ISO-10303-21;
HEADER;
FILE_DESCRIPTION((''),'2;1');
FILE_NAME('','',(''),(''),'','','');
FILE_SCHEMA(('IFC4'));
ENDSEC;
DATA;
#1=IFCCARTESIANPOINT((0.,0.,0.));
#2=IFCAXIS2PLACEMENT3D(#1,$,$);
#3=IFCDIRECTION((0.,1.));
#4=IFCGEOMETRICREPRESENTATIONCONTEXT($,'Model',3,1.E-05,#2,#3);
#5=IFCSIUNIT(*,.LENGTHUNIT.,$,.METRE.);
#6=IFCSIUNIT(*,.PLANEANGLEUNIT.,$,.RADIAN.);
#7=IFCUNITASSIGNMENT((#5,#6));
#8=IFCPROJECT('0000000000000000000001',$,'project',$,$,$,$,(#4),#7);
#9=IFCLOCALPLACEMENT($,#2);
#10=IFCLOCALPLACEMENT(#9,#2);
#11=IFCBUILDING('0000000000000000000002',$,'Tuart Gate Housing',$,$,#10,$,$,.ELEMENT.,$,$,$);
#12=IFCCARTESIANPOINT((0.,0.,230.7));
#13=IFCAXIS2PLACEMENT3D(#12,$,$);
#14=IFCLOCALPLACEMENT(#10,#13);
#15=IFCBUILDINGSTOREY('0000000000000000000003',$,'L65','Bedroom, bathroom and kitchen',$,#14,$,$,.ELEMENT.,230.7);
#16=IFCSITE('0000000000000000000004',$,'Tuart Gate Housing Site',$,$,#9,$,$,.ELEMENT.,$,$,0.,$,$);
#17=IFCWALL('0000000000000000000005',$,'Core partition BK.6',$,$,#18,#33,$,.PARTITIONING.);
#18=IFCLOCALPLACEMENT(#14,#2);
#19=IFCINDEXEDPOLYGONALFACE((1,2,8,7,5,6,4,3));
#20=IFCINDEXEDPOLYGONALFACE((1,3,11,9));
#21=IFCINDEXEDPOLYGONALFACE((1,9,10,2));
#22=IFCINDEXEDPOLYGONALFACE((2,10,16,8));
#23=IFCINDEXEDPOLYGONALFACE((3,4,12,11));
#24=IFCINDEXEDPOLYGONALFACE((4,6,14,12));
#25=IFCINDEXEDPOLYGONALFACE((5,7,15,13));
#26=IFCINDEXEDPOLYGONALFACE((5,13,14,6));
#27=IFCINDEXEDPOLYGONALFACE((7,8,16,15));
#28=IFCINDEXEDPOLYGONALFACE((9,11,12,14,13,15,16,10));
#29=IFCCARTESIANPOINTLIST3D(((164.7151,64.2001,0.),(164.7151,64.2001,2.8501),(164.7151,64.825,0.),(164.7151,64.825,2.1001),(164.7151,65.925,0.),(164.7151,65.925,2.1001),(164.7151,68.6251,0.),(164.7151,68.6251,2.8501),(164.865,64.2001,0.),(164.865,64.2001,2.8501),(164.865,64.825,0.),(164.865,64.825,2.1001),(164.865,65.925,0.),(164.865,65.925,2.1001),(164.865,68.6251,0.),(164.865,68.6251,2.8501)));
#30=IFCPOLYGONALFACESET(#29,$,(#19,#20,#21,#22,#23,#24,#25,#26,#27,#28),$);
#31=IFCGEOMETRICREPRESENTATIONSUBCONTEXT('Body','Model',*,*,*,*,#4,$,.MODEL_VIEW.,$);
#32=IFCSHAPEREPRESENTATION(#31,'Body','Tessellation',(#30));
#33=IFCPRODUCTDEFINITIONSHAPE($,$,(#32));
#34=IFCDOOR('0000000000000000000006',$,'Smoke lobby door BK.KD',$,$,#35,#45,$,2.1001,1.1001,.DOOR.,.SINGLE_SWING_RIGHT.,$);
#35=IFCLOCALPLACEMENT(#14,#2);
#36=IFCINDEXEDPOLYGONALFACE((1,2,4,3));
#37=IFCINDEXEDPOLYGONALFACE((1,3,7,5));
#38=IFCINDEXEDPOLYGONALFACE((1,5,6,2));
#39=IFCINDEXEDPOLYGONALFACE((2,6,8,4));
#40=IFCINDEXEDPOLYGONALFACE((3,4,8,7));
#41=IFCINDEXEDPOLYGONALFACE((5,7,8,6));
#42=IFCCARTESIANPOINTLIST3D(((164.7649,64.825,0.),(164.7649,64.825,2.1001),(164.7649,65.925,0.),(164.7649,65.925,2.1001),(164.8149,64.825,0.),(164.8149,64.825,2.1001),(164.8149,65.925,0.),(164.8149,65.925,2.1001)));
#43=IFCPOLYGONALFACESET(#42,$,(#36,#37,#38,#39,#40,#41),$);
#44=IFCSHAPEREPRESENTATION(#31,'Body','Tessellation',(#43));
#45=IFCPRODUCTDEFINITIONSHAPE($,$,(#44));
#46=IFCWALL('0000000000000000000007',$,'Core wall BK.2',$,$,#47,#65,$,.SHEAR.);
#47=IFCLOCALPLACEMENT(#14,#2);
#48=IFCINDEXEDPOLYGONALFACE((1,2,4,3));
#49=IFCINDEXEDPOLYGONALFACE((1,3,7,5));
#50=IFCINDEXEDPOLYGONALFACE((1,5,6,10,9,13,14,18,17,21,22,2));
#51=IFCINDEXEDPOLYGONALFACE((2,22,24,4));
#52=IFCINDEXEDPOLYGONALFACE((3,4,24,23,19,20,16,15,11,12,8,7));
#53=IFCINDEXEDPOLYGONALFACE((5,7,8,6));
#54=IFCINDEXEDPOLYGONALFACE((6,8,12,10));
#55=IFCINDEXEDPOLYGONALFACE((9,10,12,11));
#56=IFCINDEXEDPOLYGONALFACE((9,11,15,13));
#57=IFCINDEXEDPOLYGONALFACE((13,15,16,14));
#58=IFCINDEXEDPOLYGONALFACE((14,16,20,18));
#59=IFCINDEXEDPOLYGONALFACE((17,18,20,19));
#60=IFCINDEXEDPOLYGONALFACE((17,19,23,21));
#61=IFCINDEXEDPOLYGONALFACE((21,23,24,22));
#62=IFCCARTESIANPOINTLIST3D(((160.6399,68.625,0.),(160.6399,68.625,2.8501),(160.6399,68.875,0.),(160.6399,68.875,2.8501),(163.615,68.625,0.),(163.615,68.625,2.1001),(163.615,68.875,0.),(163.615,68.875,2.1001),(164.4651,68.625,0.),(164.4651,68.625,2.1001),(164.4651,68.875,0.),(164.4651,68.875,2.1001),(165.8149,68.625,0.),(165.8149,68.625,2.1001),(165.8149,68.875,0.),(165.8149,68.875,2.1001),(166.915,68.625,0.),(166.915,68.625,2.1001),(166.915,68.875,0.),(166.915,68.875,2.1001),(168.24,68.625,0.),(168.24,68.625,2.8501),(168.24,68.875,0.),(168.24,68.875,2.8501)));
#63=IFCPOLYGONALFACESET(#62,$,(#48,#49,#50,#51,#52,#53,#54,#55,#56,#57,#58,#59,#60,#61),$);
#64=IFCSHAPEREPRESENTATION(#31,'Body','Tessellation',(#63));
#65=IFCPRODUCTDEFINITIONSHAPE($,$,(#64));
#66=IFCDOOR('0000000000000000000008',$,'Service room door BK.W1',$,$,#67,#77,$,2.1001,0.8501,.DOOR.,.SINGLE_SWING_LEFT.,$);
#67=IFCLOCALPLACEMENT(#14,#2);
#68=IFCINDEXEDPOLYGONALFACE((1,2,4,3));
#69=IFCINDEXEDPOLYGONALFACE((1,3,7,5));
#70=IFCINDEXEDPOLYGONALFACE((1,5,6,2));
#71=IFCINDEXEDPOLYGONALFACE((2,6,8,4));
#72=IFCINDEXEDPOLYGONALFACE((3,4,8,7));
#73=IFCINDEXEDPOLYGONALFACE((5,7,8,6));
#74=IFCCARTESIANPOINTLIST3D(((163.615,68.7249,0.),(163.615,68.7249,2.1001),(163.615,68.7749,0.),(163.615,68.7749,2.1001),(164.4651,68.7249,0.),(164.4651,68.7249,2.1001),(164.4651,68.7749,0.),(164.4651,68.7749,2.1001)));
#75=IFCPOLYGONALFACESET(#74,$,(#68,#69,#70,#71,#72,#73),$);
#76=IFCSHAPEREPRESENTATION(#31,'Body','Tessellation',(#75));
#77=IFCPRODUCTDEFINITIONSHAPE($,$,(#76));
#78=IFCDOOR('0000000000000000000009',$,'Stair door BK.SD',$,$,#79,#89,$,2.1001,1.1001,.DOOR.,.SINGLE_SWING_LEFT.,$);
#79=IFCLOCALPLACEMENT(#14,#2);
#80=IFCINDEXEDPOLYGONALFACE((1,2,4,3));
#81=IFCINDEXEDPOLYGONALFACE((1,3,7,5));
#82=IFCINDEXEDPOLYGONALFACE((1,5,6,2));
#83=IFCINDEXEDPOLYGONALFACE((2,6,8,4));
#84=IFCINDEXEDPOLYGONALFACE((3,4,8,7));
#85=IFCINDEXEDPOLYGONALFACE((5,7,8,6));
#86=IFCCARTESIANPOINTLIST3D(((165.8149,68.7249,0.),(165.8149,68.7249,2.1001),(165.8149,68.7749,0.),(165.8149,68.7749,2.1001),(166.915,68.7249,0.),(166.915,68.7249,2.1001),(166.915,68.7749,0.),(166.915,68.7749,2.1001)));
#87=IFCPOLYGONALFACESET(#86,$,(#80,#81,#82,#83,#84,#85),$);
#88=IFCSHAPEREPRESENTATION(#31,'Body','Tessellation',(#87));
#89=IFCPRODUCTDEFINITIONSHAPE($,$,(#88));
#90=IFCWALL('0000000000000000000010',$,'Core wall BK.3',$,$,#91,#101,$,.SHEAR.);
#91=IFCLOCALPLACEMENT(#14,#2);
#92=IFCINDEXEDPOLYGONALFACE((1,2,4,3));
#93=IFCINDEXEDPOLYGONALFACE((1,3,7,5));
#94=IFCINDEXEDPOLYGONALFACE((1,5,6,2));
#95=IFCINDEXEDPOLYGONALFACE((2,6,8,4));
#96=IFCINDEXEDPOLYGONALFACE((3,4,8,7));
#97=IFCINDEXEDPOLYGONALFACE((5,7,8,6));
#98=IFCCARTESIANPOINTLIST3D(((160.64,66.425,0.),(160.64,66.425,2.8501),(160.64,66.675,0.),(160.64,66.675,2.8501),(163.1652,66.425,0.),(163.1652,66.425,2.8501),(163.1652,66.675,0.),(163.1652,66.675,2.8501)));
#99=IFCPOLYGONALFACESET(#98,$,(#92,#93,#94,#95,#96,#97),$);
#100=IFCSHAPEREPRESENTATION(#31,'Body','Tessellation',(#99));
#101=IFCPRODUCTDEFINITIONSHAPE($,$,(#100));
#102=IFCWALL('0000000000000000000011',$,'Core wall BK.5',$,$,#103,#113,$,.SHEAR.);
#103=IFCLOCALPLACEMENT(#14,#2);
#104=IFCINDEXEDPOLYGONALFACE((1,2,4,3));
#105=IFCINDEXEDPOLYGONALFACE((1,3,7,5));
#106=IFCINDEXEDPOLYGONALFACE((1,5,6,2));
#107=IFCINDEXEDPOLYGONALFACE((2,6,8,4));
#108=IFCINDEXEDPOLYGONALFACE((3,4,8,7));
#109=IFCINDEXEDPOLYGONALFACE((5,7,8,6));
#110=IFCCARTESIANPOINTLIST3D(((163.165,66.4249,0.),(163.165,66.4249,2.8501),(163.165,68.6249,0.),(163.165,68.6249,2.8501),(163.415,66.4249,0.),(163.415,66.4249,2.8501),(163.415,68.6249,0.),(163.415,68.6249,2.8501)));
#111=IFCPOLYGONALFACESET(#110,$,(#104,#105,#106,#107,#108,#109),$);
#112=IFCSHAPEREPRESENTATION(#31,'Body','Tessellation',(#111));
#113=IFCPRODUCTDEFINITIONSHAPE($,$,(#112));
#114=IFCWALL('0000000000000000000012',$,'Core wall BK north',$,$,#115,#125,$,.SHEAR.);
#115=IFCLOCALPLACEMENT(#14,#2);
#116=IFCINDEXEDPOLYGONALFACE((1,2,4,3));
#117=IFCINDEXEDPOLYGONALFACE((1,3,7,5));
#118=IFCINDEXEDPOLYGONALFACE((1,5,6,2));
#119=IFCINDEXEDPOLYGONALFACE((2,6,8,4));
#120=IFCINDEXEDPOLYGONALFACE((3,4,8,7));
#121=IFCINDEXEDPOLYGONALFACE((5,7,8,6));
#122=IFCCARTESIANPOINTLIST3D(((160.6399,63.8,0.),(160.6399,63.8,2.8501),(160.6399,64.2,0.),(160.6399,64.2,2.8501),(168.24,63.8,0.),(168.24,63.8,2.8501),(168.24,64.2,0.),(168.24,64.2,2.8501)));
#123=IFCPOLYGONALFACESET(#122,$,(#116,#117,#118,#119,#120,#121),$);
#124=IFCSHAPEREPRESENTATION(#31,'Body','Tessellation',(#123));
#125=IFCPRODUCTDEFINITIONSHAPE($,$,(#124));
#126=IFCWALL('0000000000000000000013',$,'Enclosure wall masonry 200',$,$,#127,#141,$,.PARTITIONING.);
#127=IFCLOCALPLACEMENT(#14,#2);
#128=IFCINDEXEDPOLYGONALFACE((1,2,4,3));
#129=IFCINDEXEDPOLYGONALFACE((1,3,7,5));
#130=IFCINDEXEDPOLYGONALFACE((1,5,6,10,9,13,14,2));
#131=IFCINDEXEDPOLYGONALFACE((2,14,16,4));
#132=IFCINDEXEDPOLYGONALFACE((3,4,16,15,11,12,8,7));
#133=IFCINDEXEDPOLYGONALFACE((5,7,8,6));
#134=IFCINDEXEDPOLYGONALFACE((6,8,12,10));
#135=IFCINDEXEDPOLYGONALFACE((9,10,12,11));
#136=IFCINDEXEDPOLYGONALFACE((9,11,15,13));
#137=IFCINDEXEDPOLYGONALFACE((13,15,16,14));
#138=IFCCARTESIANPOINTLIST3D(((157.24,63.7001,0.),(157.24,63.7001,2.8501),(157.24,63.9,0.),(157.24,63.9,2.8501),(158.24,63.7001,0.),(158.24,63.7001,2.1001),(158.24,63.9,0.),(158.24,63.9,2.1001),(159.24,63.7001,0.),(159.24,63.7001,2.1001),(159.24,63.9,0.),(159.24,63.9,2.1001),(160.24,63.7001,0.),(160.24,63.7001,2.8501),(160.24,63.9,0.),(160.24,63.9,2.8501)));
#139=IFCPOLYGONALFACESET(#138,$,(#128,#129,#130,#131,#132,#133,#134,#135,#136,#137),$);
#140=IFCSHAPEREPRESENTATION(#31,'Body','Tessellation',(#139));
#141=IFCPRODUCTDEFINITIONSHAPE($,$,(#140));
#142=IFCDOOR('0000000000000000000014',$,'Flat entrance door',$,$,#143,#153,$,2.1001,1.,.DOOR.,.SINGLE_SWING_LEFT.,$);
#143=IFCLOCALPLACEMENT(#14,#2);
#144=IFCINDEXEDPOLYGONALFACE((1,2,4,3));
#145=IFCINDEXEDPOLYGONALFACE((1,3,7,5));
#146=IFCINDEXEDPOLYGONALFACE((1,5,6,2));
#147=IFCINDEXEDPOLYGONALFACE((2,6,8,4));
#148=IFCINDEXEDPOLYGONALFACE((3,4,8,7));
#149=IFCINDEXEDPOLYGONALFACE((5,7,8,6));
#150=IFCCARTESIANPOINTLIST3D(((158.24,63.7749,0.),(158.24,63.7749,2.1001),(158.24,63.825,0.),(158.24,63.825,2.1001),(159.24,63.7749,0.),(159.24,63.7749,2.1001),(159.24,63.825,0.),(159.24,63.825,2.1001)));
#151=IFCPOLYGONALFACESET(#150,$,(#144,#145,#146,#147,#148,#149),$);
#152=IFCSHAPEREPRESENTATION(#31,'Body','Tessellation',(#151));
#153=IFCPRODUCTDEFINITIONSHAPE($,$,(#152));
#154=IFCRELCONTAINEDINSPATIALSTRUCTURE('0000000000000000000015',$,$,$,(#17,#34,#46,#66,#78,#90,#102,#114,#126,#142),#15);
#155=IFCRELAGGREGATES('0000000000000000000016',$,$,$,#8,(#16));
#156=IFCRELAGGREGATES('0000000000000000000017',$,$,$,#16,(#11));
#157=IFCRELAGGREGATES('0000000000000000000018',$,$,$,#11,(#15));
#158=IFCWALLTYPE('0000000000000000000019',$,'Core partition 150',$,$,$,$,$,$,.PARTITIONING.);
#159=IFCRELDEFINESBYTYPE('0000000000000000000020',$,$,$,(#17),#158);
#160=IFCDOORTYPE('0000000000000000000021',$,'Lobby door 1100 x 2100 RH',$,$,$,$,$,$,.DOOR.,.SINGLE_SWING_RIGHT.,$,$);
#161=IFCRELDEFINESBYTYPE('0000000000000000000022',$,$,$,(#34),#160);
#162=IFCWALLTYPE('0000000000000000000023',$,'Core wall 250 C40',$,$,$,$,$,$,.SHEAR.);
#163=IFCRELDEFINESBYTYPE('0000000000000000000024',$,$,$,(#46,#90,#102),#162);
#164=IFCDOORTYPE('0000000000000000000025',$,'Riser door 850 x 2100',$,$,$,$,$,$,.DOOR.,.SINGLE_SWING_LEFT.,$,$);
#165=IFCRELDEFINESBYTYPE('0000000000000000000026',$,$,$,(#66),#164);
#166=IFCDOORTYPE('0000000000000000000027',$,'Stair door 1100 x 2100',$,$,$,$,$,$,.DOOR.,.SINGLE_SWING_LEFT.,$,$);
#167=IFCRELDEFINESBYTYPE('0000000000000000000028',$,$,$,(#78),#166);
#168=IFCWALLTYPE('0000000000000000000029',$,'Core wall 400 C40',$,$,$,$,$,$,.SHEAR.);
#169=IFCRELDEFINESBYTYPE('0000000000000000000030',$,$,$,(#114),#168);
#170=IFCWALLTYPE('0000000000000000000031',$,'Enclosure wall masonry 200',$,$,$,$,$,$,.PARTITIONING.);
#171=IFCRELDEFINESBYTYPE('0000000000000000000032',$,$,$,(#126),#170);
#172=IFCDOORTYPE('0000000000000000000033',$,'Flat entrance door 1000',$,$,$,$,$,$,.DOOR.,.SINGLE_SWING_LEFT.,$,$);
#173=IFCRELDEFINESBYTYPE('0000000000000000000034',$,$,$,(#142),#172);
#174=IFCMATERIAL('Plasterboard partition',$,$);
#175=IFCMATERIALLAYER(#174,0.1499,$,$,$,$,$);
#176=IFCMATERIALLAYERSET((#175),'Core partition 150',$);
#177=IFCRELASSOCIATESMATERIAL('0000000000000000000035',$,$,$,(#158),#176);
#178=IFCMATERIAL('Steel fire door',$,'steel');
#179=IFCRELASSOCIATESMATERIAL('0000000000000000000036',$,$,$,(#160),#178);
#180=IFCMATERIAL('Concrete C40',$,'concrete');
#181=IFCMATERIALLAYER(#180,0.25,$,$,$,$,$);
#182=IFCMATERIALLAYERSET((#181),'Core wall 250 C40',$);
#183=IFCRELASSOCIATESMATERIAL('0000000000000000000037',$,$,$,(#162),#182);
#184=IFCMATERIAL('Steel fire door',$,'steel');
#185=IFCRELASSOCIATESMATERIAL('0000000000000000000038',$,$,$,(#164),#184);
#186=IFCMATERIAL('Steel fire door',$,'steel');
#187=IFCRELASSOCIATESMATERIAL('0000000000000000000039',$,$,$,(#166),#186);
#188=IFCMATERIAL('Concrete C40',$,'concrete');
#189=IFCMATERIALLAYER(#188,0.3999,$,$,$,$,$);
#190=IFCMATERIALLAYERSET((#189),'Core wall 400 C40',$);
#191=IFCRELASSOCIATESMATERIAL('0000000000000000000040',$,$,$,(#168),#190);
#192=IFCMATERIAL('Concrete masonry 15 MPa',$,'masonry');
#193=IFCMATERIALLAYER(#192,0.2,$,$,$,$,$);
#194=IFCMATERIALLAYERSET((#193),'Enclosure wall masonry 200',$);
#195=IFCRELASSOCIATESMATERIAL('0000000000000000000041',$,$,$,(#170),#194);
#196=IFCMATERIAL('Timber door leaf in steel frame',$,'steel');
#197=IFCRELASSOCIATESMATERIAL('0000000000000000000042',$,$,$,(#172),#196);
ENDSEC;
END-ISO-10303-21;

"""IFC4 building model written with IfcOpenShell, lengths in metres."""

from ifc_helpers import new_model, si_unit, direction, frame, frame_2d, origin, place, context, subcontext, project, spatial, rectangle, extrude, material, layer, layer_set, type_object, element, fill, save


model = new_model("IFC4")

# Units and contexts
model_context = context("Model", 3, precision=1e-05, world=origin(), true_north=direction((0.0, 1.0)))
body_context = subcontext(model_context, "Body", "Model", "MODEL_VIEW")
ifc_project = project(units=[si_unit("LENGTHUNIT", "METRE"), si_unit("PLANEANGLEUNIT", "RADIAN")], contexts=[model_context])

# Site, building, storey
site_placement = place(None, origin())
site = spatial("IfcSite", under=ifc_project, at=site_placement, Name="Tuart Gate Housing Site", CompositionType="ELEMENT", RefElevation=0.0)
building_placement = place(site_placement, origin())
building = spatial("IfcBuilding", under=site, at=building_placement, Name="Tuart Gate Housing", CompositionType="ELEMENT")
storey_placement = place(building_placement, frame((0.0, 0.0, 230.7)))
storey = spatial("IfcBuildingStorey", under=building, at=storey_placement, Name="L65", Description="Bedroom, bathroom and kitchen", CompositionType="ELEMENT", Elevation=230.7)

# Wall, opening, door
ifc_material_1 = material(Name="Plasterboard partition")
ifc_layer_1 = layer(ifc_material_1, 0.1499)
ifc_layer_set_1 = layer_set([ifc_layer_1], Name="Core partition 150")
wall_type_1 = type_object("IfcWallType", Name="Core partition 150", PredefinedType="PARTITIONING", material=ifc_layer_set_1)
wall_1_placement = place(storey_placement, frame((164.79, 68.625, 0.0), z_axis=(0.0, 0.0, 1.0), x_axis=(0.0, -1.0, 0.0)))
wall_1 = element("IfcWall", 1, at=wall_1_placement, inside=storey, type_object=wall_type_1, Name="Core partition BK.6", PredefinedType="PARTITIONING", context=body_context, shape_type="SweptSolid", body=[
    extrude(rectangle(XDim=4.425, YDim=0.1499, at=frame_2d((2.2124, 0.0))), origin(), (0.0, 0.0, 1.0), 2.8501),
])
opening_1_placement = place(wall_1_placement, frame((2.7, 0.0, 0.0)))
opening_1 = element("IfcOpeningElement", 2, at=opening_1_placement, cuts=wall_1, PredefinedType="OPENING", context=body_context, shape_type="SweptSolid", body=[
    extrude(rectangle(XDim=1.1001, YDim=2.1001, at=frame_2d((0.55, 1.05))), frame((0.0, 0.085, 0.0), z_axis=(0.0, -1.0, 0.0), x_axis=(1.0, 0.0, 0.0)), (0.0, 0.0, 1.0), 0.1699),
])
ifc_material_2 = material(Name="Steel fire door", Category="steel")
door_type_1 = type_object("IfcDoorType", Name="Lobby door 1100 x 2100 RH", OperationType="SINGLE_SWING_RIGHT", PredefinedType="DOOR", material=ifc_material_2)
door_1_placement = place(opening_1_placement, origin())
door_1 = element("IfcDoor", 3, at=door_1_placement, inside=storey, type_object=door_type_1, Name="Smoke lobby door BK.KD", OperationType="SINGLE_SWING_RIGHT", OverallHeight=2.1001, OverallWidth=1.1001, PredefinedType="DOOR", context=body_context, shape_type="SweptSolid", body=[
    extrude(rectangle(XDim=1.1001, YDim=2.1001, at=frame_2d((0.55, 1.05))), frame((0.0, 0.0249, 0.0), z_axis=(0.0, -1.0, 0.0), x_axis=(1.0, 0.0, 0.0)), (0.0, 0.0, 1.0), 0.05),
])
fill(opening_1, door_1)

# Wall, openings, doors
ifc_material_3 = material(Name="Concrete C40", Category="concrete")
ifc_layer_2 = layer(ifc_material_3, 0.25)
ifc_layer_set_2 = layer_set([ifc_layer_2], Name="Core wall 250 C40")
wall_type_2 = type_object("IfcWallType", Name="Core wall 250 C40", PredefinedType="SHEAR", material=ifc_layer_set_2)
wall_2_placement = place(storey_placement, frame((160.6399, 68.75, 0.0), z_axis=(0.0, 0.0, 1.0), x_axis=(1.0, 0.0, 0.0)))
wall_2 = element("IfcWall", 4, at=wall_2_placement, inside=storey, type_object=wall_type_2, Name="Core wall BK.2", PredefinedType="SHEAR", context=body_context, shape_type="SweptSolid", body=[
    extrude(rectangle(XDim=7.6001, YDim=0.25, at=frame_2d((3.8, 0.0))), origin(), (0.0, 0.0, 1.0), 2.8501),
])
opening_2_placement = place(wall_2_placement, frame((5.175, 0.0, 0.0)))
opening_2 = element("IfcOpeningElement", 5, at=opening_2_placement, cuts=wall_2, PredefinedType="OPENING", context=body_context, shape_type="SweptSolid", body=[
    extrude(rectangle(XDim=1.1001, YDim=2.1001, at=frame_2d((0.55, 1.05))), frame((0.0, 0.135, 0.0), z_axis=(0.0, -1.0, 0.0), x_axis=(1.0, 0.0, 0.0)), (0.0, 0.0, 1.0), 0.27),
])
opening_3_placement = place(wall_2_placement, frame((2.9751, 0.0, 0.0)))
opening_3 = element("IfcOpeningElement", 6, at=opening_3_placement, cuts=wall_2, PredefinedType="OPENING", context=body_context, shape_type="SweptSolid", body=[
    extrude(rectangle(XDim=0.8501, YDim=2.1001, at=frame_2d((0.425, 1.05))), frame((0.0, 0.135, 0.0), z_axis=(0.0, -1.0, 0.0), x_axis=(1.0, 0.0, 0.0)), (0.0, 0.0, 1.0), 0.27),
])
ifc_material_4 = material(Name="Steel fire door", Category="steel")
door_type_2 = type_object("IfcDoorType", Name="Riser door 850 x 2100", OperationType="SINGLE_SWING_LEFT", PredefinedType="DOOR", material=ifc_material_4)
door_2_placement = place(opening_3_placement, origin())
door_2 = element("IfcDoor", 7, at=door_2_placement, inside=storey, type_object=door_type_2, Name="Service room door BK.W1", OperationType="SINGLE_SWING_LEFT", OverallHeight=2.1001, OverallWidth=0.8501, PredefinedType="DOOR", context=body_context, shape_type="SweptSolid", body=[
    extrude(rectangle(XDim=0.8501, YDim=2.1001, at=frame_2d((0.425, 1.05))), frame((0.0, 0.0249, 0.0), z_axis=(0.0, -1.0, 0.0), x_axis=(1.0, 0.0, 0.0)), (0.0, 0.0, 1.0), 0.05),
])
fill(opening_3, door_2)
ifc_material_5 = material(Name="Steel fire door", Category="steel")
door_type_3 = type_object("IfcDoorType", Name="Stair door 1100 x 2100", OperationType="SINGLE_SWING_LEFT", PredefinedType="DOOR", material=ifc_material_5)
door_3_placement = place(opening_2_placement, origin())
door_3 = element("IfcDoor", 8, at=door_3_placement, inside=storey, type_object=door_type_3, Name="Stair door BK.SD", OperationType="SINGLE_SWING_LEFT", OverallHeight=2.1001, OverallWidth=1.1001, PredefinedType="DOOR", context=body_context, shape_type="SweptSolid", body=[
    extrude(rectangle(XDim=1.1001, YDim=2.1001, at=frame_2d((0.55, 1.05))), frame((0.0, 0.0249, 0.0), z_axis=(0.0, -1.0, 0.0), x_axis=(1.0, 0.0, 0.0)), (0.0, 0.0, 1.0), 0.05),
])
fill(opening_2, door_3)

# Walls
wall_3_placement = place(storey_placement, frame((160.6399, 66.55, 0.0), z_axis=(0.0, 0.0, 1.0), x_axis=(1.0, 0.0, 0.0)))
element("IfcWall", 9, at=wall_3_placement, inside=storey, type_object=wall_type_2, Name="Core wall BK.3", PredefinedType="SHEAR", context=body_context, shape_type="SweptSolid", body=[
    extrude(rectangle(XDim=2.5251, YDim=0.25, at=frame_2d((1.2627, 0.0))), origin(), (0.0, 0.0, 1.0), 2.8501),
])
wall_4_placement = place(storey_placement, frame((163.29, 68.625, 0.0), z_axis=(0.0, 0.0, 1.0), x_axis=(0.0, -1.0, 0.0)))
element("IfcWall", 10, at=wall_4_placement, inside=storey, type_object=wall_type_2, Name="Core wall BK.5", PredefinedType="SHEAR", context=body_context, shape_type="SweptSolid", body=[
    extrude(rectangle(XDim=2.2, YDim=0.25, at=frame_2d((1.1001, 0.0))), origin(), (0.0, 0.0, 1.0), 2.8501),
])
ifc_material_6 = material(Name="Concrete C40", Category="concrete")
ifc_layer_3 = layer(ifc_material_6, 0.3999)
ifc_layer_set_3 = layer_set([ifc_layer_3], Name="Core wall 400 C40")
wall_type_3 = type_object("IfcWallType", Name="Core wall 400 C40", PredefinedType="SHEAR", material=ifc_layer_set_3)
wall_5_placement = place(storey_placement, frame((160.6399, 64.0, 0.0), z_axis=(0.0, 0.0, 1.0), x_axis=(1.0, 0.0, 0.0)))
element("IfcWall", 11, at=wall_5_placement, inside=storey, type_object=wall_type_3, Name="Core wall BK north", PredefinedType="SHEAR", context=body_context, shape_type="SweptSolid", body=[
    extrude(rectangle(XDim=7.6001, YDim=0.3999, at=frame_2d((3.8, 0.0))), origin(), (0.0, 0.0, 1.0), 2.8501),
])

# Wall, opening, door
ifc_material_7 = material(Name="Concrete masonry 15 MPa", Category="masonry")
ifc_layer_4 = layer(ifc_material_7, 0.2)
ifc_layer_set_4 = layer_set([ifc_layer_4], Name="Enclosure wall masonry 200")
wall_type_4 = type_object("IfcWallType", Name="Enclosure wall masonry 200", PredefinedType="PARTITIONING", material=ifc_layer_set_4)
wall_6_placement = place(storey_placement, frame((157.24, 63.8, 0.0), z_axis=(0.0, 0.0, 1.0), x_axis=(1.0, 0.0, 0.0)))
wall_6 = element("IfcWall", 12, at=wall_6_placement, inside=storey, type_object=wall_type_4, Name="Enclosure wall masonry 200", PredefinedType="PARTITIONING", context=body_context, shape_type="SweptSolid", body=[
    extrude(rectangle(XDim=3.0, YDim=0.2, at=frame_2d((1.5, 0.0))), origin(), (0.0, 0.0, 1.0), 2.8501),
])
opening_4_placement = place(wall_6_placement, frame((1.0, 0.0, 0.0)))
opening_4 = element("IfcOpeningElement", 13, at=opening_4_placement, cuts=wall_6, PredefinedType="OPENING", context=body_context, shape_type="SweptSolid", body=[
    extrude(rectangle(XDim=1.0, YDim=2.1001, at=frame_2d((0.5, 1.05))), frame((0.0, 0.1099, 0.0), z_axis=(0.0, -1.0, 0.0), x_axis=(1.0, 0.0, 0.0)), (0.0, 0.0, 1.0), 0.22),
])
ifc_material_8 = material(Name="Timber door leaf in steel frame", Category="steel")
door_type_4 = type_object("IfcDoorType", Name="Flat entrance door 1000", OperationType="SINGLE_SWING_LEFT", PredefinedType="DOOR", material=ifc_material_8)
door_4_placement = place(opening_4_placement, frame((1.0, 0.0, 0.0), z_axis=(0.0, 0.0, 1.0), x_axis=(-1.0, 0.0, 0.0)))
door_4 = element("IfcDoor", 14, at=door_4_placement, inside=storey, type_object=door_type_4, Name="Flat entrance door", OperationType="SINGLE_SWING_LEFT", OverallHeight=2.1001, OverallWidth=1.0, PredefinedType="DOOR", context=body_context, shape_type="SweptSolid", body=[
    extrude(rectangle(XDim=1.0, YDim=2.1001, at=frame_2d((0.5, 1.05))), frame((0.0, 0.0251, 0.0), z_axis=(0.0, -1.0, 0.0), x_axis=(1.0, 0.0, 0.0)), (0.0, 0.0, 1.0), 0.05),
])
fill(opening_4, door_4)

save(model, "model.ifc")
